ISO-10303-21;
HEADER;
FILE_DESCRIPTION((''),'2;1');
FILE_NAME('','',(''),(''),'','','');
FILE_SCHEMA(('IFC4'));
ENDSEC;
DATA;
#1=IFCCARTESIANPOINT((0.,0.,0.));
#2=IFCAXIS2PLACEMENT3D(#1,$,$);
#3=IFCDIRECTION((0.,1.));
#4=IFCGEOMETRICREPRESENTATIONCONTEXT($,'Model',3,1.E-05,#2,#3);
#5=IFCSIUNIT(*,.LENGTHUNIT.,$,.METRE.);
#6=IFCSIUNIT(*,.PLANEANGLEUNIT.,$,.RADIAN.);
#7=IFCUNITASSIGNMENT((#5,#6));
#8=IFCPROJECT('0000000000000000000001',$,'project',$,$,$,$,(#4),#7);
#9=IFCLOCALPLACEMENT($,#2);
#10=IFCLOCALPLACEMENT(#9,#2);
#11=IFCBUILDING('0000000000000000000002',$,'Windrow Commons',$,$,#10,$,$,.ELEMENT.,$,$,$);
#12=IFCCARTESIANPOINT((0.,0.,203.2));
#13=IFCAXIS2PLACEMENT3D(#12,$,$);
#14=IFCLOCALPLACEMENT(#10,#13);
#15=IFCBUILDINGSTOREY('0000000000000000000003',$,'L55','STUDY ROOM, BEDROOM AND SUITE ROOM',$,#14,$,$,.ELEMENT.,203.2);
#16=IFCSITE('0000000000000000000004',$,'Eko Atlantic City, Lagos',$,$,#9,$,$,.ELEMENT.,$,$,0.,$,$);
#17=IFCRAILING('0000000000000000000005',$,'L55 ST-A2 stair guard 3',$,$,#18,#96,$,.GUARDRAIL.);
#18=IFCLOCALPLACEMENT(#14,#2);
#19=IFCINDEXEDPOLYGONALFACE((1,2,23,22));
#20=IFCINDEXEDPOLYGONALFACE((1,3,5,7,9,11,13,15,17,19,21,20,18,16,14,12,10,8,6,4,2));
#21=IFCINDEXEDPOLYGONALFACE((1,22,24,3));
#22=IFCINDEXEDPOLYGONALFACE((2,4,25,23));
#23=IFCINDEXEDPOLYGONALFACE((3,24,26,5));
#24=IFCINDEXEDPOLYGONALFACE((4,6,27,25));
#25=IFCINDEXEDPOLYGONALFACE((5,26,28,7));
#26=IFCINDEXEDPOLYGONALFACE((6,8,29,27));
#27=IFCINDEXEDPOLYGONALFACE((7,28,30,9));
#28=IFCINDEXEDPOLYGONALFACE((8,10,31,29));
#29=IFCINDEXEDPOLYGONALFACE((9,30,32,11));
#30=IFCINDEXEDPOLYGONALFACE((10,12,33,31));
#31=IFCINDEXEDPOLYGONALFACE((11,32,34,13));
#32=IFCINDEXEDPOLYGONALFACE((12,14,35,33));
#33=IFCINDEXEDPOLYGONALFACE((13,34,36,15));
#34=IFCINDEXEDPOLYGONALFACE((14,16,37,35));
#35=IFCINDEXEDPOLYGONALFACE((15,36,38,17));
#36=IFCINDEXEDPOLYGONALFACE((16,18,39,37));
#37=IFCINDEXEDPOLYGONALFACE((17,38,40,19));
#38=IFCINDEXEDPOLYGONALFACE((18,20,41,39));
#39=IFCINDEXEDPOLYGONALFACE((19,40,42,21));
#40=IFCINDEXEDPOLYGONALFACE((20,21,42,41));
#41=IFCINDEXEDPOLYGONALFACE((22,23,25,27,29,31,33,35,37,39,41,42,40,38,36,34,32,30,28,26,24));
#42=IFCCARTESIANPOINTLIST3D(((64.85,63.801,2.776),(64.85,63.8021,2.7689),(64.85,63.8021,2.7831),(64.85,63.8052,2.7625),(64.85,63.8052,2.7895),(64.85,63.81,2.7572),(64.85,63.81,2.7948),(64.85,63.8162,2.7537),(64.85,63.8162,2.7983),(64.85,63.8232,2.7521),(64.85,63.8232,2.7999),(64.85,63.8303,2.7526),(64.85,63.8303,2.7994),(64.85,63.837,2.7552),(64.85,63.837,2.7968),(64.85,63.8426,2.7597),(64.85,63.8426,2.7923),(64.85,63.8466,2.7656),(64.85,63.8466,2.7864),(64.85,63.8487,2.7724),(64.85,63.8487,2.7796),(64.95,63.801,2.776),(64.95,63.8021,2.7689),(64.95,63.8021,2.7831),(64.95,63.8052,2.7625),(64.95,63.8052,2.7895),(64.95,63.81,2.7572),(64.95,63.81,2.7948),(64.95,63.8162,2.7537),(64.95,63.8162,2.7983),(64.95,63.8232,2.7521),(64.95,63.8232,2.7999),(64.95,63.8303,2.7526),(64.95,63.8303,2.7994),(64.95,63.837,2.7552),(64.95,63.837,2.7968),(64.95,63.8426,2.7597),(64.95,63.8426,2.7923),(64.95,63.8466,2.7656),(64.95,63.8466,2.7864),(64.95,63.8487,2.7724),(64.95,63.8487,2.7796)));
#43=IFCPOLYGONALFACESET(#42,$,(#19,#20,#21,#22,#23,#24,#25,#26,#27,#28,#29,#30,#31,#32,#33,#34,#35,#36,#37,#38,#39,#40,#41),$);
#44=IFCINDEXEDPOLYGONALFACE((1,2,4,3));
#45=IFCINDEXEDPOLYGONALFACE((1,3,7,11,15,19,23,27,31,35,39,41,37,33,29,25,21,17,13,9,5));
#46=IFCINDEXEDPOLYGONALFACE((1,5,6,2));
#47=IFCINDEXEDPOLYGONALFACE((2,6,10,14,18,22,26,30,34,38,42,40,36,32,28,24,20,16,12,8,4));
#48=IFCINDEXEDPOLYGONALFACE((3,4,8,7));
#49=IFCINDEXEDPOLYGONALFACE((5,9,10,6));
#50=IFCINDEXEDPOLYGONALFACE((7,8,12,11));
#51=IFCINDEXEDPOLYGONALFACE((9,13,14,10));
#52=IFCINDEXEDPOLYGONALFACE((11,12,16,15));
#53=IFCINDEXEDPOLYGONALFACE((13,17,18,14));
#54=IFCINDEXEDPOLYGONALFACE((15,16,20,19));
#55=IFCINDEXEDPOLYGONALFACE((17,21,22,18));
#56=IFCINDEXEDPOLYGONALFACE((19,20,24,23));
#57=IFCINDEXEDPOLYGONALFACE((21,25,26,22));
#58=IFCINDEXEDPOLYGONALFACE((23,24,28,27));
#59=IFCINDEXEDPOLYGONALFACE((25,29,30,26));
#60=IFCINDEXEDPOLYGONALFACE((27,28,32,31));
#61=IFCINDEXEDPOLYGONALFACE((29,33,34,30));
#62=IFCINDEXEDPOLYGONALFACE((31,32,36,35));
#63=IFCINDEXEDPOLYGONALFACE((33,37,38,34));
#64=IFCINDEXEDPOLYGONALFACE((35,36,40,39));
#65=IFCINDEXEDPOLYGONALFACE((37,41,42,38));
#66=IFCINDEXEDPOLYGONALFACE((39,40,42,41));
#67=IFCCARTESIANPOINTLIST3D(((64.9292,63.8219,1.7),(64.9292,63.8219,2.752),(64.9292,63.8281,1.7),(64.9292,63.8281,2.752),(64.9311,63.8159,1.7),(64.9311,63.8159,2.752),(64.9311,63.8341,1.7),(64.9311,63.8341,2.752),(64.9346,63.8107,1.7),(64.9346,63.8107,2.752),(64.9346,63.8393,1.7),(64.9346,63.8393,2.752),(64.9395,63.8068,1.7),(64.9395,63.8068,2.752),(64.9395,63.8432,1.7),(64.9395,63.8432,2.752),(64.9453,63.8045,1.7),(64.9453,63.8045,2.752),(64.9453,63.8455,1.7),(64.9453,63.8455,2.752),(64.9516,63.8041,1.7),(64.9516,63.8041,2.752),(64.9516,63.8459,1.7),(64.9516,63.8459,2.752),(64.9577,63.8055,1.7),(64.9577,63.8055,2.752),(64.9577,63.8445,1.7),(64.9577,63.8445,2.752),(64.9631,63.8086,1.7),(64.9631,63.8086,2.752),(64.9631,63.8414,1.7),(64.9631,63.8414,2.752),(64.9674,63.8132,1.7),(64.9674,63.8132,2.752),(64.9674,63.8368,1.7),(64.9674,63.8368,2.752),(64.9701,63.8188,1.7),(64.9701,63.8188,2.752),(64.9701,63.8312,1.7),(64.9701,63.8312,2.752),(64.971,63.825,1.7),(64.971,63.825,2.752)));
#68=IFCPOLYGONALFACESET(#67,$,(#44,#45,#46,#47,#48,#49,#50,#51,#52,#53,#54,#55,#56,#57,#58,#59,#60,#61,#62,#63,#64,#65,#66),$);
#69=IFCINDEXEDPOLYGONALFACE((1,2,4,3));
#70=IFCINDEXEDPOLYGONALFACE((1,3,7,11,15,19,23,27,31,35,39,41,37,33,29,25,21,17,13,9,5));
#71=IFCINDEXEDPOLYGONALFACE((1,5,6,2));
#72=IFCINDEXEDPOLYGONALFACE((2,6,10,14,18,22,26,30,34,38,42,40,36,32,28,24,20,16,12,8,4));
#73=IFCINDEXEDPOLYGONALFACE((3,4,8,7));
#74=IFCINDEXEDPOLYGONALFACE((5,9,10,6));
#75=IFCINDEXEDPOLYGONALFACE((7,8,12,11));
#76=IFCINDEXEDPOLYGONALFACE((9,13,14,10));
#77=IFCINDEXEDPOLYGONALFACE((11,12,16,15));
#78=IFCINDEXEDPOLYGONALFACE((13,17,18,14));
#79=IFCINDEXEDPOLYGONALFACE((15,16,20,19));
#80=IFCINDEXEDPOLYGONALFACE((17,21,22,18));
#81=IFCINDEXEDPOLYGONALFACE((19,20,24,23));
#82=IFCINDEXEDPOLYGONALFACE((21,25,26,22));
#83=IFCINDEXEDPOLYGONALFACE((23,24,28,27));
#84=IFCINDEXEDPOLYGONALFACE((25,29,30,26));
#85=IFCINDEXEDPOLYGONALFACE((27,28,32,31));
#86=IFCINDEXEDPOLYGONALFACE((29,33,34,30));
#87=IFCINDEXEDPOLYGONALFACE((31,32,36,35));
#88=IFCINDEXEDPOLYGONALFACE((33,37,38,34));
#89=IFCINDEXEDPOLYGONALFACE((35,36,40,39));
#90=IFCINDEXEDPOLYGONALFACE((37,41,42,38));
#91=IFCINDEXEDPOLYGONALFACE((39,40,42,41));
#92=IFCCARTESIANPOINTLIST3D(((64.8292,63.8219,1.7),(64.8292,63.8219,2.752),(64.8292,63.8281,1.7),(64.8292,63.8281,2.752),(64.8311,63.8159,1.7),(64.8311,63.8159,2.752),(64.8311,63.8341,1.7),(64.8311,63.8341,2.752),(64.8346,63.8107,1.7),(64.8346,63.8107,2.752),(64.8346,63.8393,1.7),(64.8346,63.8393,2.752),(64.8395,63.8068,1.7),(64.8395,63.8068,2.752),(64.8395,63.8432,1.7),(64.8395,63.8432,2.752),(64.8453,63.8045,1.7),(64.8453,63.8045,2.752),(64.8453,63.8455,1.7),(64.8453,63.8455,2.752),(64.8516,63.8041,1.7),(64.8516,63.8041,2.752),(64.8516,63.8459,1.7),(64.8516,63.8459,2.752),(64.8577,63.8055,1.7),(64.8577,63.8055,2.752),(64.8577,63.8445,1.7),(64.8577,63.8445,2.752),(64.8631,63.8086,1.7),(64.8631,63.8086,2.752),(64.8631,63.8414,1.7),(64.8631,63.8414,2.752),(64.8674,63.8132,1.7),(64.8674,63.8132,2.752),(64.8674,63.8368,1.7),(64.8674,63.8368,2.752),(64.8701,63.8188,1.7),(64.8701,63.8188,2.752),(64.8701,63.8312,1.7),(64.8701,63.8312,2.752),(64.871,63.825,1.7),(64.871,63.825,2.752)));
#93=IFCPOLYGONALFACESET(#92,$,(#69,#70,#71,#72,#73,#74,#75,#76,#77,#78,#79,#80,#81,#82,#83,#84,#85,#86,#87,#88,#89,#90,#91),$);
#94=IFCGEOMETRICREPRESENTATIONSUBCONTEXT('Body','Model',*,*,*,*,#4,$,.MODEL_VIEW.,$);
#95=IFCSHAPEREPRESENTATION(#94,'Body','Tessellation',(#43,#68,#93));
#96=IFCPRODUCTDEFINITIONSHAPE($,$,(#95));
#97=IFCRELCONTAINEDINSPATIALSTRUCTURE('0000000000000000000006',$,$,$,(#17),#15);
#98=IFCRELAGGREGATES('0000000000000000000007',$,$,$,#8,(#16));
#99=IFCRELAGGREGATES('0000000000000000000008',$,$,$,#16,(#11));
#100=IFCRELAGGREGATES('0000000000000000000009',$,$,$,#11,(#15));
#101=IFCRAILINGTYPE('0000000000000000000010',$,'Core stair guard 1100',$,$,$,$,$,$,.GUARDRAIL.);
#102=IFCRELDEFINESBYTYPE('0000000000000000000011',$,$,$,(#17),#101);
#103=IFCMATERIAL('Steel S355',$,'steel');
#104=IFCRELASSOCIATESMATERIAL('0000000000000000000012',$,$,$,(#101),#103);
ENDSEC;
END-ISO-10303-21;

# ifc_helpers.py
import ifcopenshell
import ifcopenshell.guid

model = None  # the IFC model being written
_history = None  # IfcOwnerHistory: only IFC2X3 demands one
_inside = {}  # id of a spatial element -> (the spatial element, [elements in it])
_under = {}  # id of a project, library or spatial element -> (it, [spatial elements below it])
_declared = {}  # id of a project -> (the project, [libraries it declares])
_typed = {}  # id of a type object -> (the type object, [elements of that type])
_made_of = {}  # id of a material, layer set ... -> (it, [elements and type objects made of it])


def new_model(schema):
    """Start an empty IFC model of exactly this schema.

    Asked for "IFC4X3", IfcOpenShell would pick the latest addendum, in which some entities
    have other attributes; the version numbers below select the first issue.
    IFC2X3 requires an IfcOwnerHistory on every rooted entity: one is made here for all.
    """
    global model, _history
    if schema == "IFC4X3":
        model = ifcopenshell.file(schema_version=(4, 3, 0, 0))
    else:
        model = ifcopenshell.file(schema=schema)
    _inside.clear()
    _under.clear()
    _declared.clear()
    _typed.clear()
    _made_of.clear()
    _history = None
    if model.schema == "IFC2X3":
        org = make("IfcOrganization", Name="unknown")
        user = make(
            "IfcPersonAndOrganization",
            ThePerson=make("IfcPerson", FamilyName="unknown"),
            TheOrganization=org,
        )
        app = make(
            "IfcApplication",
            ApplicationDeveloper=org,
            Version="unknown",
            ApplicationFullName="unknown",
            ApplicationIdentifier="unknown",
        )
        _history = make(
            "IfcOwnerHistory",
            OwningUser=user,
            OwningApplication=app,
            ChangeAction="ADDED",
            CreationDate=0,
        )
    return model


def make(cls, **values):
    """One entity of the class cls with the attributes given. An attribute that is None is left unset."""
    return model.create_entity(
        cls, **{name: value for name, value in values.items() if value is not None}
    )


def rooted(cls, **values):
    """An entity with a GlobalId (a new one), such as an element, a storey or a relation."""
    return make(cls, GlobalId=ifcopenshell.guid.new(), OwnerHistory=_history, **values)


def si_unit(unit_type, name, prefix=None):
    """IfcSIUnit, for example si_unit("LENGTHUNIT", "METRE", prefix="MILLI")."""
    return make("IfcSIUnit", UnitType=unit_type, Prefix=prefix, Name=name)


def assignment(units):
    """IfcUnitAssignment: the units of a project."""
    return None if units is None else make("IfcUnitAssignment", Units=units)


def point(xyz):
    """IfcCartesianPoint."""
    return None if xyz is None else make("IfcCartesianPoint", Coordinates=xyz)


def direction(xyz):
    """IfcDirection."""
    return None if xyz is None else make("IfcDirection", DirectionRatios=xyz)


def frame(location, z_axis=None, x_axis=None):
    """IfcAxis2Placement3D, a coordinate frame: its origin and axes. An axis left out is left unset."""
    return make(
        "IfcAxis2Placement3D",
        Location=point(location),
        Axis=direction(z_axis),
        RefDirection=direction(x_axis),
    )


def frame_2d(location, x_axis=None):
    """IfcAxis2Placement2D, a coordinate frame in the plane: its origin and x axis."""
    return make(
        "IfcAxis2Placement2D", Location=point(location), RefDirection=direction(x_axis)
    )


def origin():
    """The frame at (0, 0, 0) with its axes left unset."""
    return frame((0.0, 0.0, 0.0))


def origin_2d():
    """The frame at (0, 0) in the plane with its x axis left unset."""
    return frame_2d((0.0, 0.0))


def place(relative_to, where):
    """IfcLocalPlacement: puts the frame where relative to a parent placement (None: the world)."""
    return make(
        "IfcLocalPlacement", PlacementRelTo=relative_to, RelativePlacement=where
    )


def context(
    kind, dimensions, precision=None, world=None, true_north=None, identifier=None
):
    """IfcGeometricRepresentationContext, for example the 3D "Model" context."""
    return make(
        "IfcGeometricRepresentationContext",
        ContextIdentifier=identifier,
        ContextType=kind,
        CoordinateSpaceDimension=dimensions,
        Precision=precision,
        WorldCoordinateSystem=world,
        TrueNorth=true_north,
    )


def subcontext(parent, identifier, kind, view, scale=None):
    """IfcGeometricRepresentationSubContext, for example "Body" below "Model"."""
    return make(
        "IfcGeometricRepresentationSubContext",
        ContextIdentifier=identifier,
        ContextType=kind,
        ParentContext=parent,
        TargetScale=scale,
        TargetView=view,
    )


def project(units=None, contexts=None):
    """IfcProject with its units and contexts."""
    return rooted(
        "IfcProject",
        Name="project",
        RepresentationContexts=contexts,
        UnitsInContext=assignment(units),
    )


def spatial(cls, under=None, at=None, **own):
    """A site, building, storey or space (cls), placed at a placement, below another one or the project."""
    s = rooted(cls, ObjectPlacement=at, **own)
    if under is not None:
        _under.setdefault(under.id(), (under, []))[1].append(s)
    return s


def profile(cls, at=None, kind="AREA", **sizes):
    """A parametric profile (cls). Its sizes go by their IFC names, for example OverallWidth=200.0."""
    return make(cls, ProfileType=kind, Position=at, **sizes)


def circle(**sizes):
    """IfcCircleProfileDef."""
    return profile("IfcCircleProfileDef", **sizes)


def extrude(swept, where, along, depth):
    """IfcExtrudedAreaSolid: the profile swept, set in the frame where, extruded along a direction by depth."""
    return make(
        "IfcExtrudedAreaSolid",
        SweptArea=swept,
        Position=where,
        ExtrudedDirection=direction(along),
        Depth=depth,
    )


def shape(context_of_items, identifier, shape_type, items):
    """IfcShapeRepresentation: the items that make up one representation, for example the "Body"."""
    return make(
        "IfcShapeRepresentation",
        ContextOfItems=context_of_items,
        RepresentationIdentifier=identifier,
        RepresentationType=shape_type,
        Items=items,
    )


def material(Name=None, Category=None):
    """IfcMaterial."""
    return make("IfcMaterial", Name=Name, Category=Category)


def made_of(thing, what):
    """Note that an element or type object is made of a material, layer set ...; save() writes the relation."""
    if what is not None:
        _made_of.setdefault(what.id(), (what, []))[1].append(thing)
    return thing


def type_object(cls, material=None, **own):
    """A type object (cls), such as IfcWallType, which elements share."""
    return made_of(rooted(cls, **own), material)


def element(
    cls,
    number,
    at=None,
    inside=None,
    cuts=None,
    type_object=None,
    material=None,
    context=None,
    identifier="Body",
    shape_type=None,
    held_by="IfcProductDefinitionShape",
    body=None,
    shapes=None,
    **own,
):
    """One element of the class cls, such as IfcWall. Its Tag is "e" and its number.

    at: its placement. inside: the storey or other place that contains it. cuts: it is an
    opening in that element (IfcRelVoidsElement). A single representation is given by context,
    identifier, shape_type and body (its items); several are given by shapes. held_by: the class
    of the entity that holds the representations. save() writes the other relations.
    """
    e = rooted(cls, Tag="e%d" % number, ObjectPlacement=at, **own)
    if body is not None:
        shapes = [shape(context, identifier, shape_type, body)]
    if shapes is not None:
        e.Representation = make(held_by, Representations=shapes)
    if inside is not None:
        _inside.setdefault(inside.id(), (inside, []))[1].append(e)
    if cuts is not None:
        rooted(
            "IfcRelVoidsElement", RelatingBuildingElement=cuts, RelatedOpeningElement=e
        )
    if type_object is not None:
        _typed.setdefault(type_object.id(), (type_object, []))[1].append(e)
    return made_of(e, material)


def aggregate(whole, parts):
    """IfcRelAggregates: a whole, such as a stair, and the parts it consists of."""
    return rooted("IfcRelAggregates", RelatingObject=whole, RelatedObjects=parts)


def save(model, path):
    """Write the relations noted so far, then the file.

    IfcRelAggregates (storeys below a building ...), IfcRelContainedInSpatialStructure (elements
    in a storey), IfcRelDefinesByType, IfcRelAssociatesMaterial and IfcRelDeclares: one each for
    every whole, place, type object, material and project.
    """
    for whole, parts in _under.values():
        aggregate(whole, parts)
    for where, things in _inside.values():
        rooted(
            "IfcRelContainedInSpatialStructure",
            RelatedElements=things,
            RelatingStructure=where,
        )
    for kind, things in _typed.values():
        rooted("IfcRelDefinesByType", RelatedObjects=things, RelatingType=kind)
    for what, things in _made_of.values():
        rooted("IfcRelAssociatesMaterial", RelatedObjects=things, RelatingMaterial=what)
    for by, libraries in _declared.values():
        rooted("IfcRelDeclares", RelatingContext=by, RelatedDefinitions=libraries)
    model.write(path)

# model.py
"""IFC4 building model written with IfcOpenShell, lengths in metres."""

from ifc_helpers import new_model, si_unit, direction, frame, origin, origin_2d, place, context, subcontext, project, spatial, circle, extrude, material, type_object, element, save


model = new_model("IFC4")

# Units and contexts
model_context = context("Model", 3, precision=1e-05, world=origin(), true_north=direction((0.0, 1.0)))
body_context = subcontext(model_context, "Body", "Model", "MODEL_VIEW")
ifc_project = project(units=[si_unit("LENGTHUNIT", "METRE"), si_unit("PLANEANGLEUNIT", "RADIAN")], contexts=[model_context])

# Site, building, storey
site_placement = place(None, origin())
site = spatial("IfcSite", under=ifc_project, at=site_placement, Name="Eko Atlantic City, Lagos", CompositionType="ELEMENT", RefElevation=0.0)
building_placement = place(site_placement, origin())
building = spatial("IfcBuilding", under=site, at=building_placement, Name="Windrow Commons", CompositionType="ELEMENT")
storey_placement = place(building_placement, frame((0.0, 0.0, 203.2)))
storey = spatial("IfcBuildingStorey", under=building, at=storey_placement, Name="L55", Description="STUDY ROOM, BEDROOM AND SUITE ROOM", CompositionType="ELEMENT", Elevation=203.2)

# Railing
ifc_material_1 = material(Name="Steel S355", Category="steel")
railing_type = type_object("IfcRailingType", Name="Core stair guard 1100", PredefinedType="GUARDRAIL", material=ifc_material_1)
railing_placement = place(storey_placement, frame((64.95, 63.825, 1.7)))
element("IfcRailing", 1, at=railing_placement, inside=storey, type_object=railing_type, Name="L55 ST-A2 stair guard 3", PredefinedType="GUARDRAIL", context=body_context, shape_type="SweptSolid", body=[
    extrude(circle(Radius=0.024, at=origin_2d()), frame((0.0, 0.0, 1.076), z_axis=(-1.0, 0.0, 0.0), x_axis=(0.0, -1.0, 0.0)), (0.0, 0.0, 1.0), 0.1),
    extrude(circle(Radius=0.021, at=origin_2d()), origin(), (0.0, 0.0, 1.0), 1.052),
    extrude(circle(Radius=0.021, at=origin_2d()), frame((-0.1, 0.0, 0.0)), (0.0, 0.0, 1.0), 1.052),
])

save(model, "model.ifc")
